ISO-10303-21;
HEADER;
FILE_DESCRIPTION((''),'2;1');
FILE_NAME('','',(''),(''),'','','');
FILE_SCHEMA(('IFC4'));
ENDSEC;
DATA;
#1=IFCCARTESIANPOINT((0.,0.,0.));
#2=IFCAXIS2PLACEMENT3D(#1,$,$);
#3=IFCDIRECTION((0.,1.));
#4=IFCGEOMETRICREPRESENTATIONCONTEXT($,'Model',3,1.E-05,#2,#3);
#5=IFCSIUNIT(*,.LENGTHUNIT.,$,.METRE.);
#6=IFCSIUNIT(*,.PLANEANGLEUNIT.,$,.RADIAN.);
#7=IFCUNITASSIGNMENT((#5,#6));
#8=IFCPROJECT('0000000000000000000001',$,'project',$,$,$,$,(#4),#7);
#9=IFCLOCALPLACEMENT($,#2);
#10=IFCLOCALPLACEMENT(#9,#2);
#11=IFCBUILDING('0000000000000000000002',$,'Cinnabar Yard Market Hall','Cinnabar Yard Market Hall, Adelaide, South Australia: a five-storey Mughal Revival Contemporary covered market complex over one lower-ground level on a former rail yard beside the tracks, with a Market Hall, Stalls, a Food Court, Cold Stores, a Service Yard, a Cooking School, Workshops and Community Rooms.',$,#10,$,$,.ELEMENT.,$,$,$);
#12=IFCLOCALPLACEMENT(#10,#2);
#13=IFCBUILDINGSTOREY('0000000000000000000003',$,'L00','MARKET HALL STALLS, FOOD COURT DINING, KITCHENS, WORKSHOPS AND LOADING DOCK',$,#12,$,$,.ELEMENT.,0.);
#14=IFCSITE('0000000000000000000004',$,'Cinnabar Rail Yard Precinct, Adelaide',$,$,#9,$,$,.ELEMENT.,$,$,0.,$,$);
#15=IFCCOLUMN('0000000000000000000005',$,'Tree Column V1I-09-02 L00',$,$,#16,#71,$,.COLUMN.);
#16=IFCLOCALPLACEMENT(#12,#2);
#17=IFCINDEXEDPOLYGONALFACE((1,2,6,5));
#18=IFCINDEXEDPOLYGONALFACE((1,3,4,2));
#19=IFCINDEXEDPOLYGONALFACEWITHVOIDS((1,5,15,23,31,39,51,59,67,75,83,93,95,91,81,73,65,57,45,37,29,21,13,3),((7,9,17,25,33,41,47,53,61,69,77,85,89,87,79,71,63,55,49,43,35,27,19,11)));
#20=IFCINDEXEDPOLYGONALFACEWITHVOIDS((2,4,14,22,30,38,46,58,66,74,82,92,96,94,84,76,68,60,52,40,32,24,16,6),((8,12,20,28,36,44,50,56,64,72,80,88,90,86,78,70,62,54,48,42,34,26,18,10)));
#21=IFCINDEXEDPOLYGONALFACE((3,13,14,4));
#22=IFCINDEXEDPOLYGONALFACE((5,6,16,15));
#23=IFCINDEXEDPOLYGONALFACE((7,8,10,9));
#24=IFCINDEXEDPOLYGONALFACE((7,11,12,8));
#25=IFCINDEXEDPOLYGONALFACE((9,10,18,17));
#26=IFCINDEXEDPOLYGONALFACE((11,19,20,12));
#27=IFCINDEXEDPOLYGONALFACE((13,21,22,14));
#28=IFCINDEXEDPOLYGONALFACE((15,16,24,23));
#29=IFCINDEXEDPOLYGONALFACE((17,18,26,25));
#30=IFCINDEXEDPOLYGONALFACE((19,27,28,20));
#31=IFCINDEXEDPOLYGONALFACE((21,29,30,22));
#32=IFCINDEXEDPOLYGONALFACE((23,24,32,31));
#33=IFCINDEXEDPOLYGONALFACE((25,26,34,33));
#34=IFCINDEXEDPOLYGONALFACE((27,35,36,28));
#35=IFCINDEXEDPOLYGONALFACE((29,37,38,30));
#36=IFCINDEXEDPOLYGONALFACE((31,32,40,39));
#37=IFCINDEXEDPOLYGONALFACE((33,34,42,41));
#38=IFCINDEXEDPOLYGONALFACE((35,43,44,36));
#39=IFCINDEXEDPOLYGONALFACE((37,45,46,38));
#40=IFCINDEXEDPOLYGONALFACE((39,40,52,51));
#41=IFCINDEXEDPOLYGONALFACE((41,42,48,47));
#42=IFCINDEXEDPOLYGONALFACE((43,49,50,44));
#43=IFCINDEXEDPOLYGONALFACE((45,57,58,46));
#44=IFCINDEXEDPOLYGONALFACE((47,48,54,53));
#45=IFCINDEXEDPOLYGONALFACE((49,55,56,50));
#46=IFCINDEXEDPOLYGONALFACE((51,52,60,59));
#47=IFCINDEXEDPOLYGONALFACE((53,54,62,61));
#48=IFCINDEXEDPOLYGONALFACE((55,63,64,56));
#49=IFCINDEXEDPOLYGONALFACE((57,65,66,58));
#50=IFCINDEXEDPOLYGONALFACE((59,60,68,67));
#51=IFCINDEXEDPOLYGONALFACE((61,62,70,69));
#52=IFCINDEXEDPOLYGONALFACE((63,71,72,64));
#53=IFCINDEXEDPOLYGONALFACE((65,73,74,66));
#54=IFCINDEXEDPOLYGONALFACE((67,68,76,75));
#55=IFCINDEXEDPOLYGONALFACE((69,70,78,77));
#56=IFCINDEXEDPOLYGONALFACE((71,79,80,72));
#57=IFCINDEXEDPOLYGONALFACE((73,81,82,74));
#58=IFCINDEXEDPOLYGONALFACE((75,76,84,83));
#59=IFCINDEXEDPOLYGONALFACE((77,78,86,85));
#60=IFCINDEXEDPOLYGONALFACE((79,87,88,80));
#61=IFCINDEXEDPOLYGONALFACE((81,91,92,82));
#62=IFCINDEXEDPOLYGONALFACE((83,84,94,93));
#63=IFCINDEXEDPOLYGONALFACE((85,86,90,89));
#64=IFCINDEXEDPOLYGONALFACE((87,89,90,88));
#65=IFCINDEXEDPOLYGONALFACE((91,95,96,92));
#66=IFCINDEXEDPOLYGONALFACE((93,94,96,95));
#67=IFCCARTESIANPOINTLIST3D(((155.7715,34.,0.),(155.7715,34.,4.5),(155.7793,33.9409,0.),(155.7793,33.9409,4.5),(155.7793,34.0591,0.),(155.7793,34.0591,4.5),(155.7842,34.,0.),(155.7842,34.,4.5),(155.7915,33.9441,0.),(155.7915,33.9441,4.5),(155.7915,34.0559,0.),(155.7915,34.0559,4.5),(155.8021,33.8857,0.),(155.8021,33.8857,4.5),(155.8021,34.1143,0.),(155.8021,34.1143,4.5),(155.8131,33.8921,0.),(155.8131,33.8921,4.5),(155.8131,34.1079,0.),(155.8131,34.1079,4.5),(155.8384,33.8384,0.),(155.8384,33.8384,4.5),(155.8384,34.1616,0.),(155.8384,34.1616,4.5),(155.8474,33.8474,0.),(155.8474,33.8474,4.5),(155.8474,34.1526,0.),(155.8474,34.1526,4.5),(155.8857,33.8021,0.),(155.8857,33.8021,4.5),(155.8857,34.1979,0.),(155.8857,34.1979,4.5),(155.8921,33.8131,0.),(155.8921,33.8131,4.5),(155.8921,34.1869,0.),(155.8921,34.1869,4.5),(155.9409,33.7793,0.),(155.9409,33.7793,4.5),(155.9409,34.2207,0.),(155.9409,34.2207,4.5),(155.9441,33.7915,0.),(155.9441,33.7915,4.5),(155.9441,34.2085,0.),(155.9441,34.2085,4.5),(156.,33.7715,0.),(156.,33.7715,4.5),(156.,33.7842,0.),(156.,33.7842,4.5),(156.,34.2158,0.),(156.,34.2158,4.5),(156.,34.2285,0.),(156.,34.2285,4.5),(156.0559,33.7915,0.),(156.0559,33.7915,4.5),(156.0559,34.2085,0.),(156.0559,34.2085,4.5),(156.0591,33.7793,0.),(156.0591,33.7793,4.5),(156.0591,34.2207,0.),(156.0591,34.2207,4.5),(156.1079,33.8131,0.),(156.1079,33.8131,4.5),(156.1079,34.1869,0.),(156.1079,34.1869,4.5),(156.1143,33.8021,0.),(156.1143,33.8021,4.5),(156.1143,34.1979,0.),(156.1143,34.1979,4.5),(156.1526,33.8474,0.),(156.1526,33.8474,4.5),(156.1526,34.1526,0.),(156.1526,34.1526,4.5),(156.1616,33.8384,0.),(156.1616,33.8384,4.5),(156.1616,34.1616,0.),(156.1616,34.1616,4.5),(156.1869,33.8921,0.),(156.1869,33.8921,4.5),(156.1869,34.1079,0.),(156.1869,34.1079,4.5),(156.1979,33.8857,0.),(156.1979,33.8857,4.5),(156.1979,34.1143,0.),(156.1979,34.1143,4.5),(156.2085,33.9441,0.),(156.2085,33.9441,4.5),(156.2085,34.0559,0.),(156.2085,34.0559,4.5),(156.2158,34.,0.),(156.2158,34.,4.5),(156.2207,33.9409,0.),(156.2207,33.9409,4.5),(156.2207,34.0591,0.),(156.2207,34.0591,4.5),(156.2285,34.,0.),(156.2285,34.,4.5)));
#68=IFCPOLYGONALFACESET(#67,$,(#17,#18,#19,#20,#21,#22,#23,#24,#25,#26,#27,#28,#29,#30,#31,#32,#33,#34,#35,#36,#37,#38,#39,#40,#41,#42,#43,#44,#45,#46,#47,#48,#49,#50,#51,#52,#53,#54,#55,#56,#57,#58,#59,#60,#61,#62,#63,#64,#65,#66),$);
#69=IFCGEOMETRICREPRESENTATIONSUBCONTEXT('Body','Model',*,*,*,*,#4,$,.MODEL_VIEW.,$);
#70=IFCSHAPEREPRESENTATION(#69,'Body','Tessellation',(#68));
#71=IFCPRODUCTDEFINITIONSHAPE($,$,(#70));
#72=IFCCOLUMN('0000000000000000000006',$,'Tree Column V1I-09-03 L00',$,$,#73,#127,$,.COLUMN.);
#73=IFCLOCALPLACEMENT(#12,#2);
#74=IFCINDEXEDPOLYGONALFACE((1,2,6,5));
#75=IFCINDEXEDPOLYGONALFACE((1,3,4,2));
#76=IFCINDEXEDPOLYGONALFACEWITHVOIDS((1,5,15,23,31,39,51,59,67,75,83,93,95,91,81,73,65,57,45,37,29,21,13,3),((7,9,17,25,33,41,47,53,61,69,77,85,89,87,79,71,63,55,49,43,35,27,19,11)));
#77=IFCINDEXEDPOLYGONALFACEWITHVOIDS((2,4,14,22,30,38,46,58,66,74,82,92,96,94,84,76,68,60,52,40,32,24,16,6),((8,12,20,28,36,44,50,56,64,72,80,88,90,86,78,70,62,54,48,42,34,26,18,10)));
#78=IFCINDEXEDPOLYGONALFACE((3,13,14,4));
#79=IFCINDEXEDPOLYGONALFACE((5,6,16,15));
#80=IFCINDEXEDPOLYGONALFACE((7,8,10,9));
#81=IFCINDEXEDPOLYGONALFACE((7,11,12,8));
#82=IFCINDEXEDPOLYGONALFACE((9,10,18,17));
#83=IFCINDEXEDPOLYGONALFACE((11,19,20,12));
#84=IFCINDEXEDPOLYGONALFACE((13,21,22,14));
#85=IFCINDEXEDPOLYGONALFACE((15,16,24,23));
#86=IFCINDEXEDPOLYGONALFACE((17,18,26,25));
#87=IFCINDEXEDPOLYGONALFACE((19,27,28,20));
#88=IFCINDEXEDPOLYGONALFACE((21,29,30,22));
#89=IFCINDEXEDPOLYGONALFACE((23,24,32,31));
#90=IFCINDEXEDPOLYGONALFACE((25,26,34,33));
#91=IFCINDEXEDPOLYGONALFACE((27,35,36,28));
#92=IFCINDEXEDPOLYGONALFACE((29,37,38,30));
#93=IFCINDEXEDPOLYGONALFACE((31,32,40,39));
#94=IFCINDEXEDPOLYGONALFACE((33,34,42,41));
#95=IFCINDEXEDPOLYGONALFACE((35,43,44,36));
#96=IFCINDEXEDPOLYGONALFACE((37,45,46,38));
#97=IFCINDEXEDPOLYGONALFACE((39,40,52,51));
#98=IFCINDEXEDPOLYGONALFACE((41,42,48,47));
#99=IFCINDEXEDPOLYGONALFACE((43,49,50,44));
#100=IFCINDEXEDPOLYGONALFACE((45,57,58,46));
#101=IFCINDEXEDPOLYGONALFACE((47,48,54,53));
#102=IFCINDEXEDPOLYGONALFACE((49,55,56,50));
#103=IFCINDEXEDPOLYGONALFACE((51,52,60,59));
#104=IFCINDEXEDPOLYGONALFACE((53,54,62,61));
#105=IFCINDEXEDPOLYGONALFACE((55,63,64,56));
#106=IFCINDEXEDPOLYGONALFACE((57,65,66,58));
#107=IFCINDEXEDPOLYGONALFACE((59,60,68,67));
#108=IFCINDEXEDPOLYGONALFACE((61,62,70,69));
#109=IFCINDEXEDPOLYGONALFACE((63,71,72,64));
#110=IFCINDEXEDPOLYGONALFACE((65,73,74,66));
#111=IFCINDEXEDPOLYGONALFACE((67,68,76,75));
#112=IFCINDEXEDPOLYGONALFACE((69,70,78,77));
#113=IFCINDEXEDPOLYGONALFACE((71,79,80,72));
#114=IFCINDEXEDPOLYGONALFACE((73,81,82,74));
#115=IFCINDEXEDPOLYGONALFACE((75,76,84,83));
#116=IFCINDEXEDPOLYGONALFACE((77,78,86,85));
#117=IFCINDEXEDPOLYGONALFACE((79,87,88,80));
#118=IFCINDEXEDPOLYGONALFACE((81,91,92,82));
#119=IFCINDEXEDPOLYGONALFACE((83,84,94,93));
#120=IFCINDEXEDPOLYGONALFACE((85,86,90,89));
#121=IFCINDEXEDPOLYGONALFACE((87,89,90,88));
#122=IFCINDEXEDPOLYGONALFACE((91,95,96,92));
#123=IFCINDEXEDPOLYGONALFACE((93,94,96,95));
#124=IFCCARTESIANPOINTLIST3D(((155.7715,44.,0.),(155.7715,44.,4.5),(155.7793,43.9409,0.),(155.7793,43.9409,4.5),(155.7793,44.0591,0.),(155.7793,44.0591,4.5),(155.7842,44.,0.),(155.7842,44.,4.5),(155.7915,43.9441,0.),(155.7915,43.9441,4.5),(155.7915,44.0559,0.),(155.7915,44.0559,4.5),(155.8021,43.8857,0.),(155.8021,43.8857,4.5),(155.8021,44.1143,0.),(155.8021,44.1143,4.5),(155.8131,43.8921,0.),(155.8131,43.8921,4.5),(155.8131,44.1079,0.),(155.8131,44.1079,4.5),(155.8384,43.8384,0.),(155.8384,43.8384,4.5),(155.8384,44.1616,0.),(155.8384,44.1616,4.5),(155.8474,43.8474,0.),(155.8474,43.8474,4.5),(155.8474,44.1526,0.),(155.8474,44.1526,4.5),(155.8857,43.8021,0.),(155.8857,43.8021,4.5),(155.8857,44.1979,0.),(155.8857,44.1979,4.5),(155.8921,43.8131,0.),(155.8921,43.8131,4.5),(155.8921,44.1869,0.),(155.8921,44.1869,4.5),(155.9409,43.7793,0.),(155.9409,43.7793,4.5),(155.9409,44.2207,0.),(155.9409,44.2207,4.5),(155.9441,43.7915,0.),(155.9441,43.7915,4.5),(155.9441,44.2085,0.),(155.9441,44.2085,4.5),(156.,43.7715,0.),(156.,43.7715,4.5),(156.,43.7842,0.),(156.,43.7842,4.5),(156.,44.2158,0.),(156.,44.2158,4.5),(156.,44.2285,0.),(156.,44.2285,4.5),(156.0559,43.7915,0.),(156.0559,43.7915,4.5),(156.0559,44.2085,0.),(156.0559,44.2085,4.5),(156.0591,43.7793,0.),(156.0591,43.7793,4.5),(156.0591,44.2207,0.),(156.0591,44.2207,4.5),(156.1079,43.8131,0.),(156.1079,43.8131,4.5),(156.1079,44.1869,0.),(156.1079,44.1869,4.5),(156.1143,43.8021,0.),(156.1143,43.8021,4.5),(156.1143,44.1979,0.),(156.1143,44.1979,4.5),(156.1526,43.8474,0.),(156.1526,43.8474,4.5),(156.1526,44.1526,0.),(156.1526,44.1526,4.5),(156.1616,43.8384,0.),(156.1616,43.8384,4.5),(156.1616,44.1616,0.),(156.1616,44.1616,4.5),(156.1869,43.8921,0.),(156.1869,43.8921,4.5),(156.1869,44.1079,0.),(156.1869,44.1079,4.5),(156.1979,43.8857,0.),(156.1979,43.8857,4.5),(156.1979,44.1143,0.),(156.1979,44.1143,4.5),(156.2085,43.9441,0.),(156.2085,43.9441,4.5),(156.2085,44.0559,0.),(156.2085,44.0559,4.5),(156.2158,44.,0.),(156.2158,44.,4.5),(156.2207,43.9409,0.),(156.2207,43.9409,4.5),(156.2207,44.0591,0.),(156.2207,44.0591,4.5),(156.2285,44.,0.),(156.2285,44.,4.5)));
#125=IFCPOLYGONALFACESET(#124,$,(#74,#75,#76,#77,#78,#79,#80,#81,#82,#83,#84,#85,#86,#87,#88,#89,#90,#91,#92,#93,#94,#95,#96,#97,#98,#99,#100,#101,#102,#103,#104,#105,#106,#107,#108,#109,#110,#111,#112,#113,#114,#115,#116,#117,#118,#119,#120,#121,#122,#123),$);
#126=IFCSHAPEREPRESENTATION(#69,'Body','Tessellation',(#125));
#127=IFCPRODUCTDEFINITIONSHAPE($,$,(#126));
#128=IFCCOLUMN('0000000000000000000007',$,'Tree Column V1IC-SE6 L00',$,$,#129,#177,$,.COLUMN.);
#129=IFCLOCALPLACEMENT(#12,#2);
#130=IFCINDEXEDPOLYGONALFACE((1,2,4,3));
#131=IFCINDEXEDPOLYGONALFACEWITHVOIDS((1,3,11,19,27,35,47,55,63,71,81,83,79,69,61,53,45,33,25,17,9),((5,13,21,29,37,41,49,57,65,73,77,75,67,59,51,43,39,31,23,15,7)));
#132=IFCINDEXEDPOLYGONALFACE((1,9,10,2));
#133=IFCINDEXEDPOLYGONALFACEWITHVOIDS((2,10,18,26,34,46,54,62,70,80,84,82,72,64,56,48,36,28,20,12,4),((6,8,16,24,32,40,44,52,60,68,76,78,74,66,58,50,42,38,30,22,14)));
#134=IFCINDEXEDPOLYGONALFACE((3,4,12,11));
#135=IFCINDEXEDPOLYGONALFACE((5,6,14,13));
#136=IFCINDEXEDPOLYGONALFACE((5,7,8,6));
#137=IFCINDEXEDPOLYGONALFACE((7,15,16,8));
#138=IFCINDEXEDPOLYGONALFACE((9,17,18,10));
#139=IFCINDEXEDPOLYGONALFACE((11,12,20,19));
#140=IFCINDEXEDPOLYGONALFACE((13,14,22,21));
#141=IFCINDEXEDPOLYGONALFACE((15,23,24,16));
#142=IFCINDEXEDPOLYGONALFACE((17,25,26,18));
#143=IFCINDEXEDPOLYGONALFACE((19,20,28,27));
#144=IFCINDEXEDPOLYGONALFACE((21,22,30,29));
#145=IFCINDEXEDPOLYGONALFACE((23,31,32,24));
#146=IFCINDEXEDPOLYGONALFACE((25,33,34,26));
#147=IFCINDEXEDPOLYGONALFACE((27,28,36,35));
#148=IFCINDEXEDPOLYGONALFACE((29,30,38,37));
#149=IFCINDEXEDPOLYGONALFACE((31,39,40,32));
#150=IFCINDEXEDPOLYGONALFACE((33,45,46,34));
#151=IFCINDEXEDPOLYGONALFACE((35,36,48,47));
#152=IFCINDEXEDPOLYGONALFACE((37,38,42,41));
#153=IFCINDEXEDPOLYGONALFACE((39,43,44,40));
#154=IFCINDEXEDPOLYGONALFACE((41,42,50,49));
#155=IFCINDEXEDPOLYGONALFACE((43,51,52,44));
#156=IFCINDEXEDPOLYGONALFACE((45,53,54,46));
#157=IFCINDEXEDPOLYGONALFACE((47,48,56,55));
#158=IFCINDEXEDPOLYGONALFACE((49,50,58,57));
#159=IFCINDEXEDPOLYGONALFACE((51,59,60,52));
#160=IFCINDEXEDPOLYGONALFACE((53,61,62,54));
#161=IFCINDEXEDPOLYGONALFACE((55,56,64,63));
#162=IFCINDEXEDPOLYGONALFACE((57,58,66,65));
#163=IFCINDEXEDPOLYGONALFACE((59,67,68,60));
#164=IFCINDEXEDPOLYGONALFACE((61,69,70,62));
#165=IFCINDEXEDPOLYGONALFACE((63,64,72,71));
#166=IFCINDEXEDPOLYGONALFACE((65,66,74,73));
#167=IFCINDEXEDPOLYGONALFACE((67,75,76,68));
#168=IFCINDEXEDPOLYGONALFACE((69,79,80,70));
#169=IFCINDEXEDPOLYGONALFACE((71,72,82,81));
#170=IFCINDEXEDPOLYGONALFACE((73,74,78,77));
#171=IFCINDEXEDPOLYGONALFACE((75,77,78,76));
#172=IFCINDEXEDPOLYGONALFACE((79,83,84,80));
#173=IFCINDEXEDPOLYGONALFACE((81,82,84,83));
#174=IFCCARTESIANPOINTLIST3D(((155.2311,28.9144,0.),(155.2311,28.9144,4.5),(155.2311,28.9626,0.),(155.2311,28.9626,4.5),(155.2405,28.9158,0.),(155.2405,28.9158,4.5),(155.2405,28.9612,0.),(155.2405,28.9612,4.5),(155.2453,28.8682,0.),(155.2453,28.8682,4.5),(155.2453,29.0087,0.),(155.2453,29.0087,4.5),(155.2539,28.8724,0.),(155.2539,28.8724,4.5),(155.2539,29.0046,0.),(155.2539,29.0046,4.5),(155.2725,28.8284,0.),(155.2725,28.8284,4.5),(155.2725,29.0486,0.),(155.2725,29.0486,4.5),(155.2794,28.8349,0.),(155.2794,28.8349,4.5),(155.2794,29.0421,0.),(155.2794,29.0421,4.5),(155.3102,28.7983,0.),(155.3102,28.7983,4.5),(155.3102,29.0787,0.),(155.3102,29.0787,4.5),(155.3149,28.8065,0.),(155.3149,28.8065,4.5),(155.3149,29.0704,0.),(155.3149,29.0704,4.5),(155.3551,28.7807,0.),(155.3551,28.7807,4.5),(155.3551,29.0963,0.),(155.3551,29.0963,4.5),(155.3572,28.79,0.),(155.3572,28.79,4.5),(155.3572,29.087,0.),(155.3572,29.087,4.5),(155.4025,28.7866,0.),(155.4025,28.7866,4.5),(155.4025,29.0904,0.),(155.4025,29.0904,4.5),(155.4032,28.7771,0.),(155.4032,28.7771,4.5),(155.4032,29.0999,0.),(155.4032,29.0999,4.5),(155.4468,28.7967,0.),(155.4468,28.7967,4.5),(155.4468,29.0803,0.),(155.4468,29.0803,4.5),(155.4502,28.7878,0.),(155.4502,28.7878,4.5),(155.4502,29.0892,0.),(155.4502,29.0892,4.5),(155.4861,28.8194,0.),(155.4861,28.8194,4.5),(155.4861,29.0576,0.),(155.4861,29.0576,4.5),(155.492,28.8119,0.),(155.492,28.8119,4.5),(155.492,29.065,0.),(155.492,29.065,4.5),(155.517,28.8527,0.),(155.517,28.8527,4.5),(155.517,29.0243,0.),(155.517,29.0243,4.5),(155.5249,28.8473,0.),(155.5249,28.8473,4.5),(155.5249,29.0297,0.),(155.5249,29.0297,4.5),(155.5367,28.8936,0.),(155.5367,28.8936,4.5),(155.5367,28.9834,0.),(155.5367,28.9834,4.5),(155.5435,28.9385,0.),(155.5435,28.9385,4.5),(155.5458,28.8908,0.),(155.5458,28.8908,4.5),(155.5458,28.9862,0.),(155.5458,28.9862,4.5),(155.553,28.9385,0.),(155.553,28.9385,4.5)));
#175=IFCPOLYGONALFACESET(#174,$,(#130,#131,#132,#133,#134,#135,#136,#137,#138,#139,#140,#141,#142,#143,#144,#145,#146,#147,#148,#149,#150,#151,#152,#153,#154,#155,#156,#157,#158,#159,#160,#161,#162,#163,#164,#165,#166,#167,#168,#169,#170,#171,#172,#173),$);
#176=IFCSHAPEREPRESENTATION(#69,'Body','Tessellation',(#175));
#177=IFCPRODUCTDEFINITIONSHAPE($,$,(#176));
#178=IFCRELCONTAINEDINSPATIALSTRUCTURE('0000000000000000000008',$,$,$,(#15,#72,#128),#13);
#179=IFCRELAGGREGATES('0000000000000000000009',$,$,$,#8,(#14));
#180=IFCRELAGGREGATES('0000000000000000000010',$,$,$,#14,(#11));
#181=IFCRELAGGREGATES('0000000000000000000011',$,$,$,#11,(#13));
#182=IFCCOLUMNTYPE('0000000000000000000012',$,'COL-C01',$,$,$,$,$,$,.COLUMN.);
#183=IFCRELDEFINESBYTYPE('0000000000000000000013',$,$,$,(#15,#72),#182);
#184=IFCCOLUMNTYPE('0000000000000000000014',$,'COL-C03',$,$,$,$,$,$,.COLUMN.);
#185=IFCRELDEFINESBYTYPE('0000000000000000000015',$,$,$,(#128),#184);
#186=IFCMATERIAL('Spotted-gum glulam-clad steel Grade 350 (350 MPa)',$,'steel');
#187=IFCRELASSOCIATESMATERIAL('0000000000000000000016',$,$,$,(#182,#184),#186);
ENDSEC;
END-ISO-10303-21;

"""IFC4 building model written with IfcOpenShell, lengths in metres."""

from ifc_helpers import new_model, si_unit, direction, frame, origin, origin_2d_with_axis, place, context, subcontext, project, spatial, hollow_circle, extrude, material, material_profile, profile_set, type_object, element, save


model = new_model("IFC4")

# Units and contexts
model_context = context("Model", 3, precision=1e-05, world=origin(), true_north=direction((0.0, 1.0)))
body_context = subcontext(model_context, "Body", "Model", "MODEL_VIEW")
ifc_project = project(units=[si_unit("LENGTHUNIT", "METRE"), si_unit("PLANEANGLEUNIT", "RADIAN")], contexts=[model_context])

# Site, building, storey
site_placement = place(None, origin())
site = spatial("IfcSite", under=ifc_project, at=site_placement, Name="Cinnabar Rail Yard Precinct, Adelaide", CompositionType="ELEMENT", RefElevation=0.0)
building_placement = place(site_placement, origin())
building = spatial("IfcBuilding", under=site, at=building_placement, Name="Cinnabar Yard Market Hall", Description="Cinnabar Yard Market Hall, Adelaide, South Australia: a five-storey Mughal Revival Contemporary covered market complex over one lower-ground level on a former rail yard beside the tracks, with a Market Hall, Stalls, a Food Court, Cold Stores, a Service Yard, a Cooking School, Workshops and Community Rooms.", CompositionType="ELEMENT")
storey_placement = place(building_placement, origin())
storey = spatial("IfcBuildingStorey", under=building, at=storey_placement, Name="L00", Description="MARKET HALL STALLS, FOOD COURT DINING, KITCHENS, WORKSHOPS AND LOADING DOCK", CompositionType="ELEMENT", Elevation=0.0)

# Columns
ifc_material_1 = material(Name="Spotted-gum glulam-clad steel Grade 350 (350 MPa)", Category="steel")
ifc_material_profile_1 = material_profile(ifc_material_1, hollow_circle(Radius=0.2285, WallThickness=0.0127, at=origin_2d_with_axis()), Name="457.0x12.7CHS")
ifc_profile_set_1 = profile_set([ifc_material_profile_1], Name="Spotted-gum glulam-clad steel Grade 350 (350 MPa)")
column_type_1 = type_object("IfcColumnType", Name="COL-C01", PredefinedType="COLUMN", material=ifc_profile_set_1)
for number, where, z_axis, x_axis, name in (
    (1, (156.0, 34.0, 0.0), (0.0, 0.0, 1.0), (1.0, 0.0, 0.0), "Tree Column V1I-09-02 L00"),
    (2, (156.0, 44.0, 0.0), (0.0, 0.0, 1.0), (1.0, 0.0, 0.0), "Tree Column V1I-09-03 L00"),
):
    element("IfcColumn", number, at=place(storey_placement, frame(where, z_axis=z_axis, x_axis=x_axis)), inside=storey, type_object=column_type_1, Name=name, PredefinedType="COLUMN", context=body_context, shape_type="SweptSolid", body=[
        extrude(hollow_circle(Radius=0.2285, WallThickness=0.0127, at=origin_2d_with_axis()), origin(), (0.0, 0.0, 1.0), 4.5),
    ])
ifc_material_profile_2 = material_profile(ifc_material_1, hollow_circle(Radius=0.1619, WallThickness=0.0095, at=origin_2d_with_axis()), Name="323.9x9.5CHS")
ifc_profile_set_2 = profile_set([ifc_material_profile_2], Name="Spotted-gum glulam-clad steel Grade 350 (350 MPa)")
column_type_2 = type_object("IfcColumnType", Name="COL-C03", PredefinedType="COLUMN", material=ifc_profile_set_2)
column_placement = place(storey_placement, frame((155.3911, 28.9385, 0.0), z_axis=(0.0, 0.0, 1.0), x_axis=(1.0, 0.0, 0.0)))
element("IfcColumn", 3, at=column_placement, inside=storey, type_object=column_type_2, Name="Tree Column V1IC-SE6 L00", PredefinedType="COLUMN", context=body_context, shape_type="SweptSolid", body=[
    extrude(hollow_circle(Radius=0.1619, WallThickness=0.0095, at=origin_2d_with_axis()), origin(), (0.0, 0.0, 1.0), 4.5),
])

save(model, "model.ifc")
